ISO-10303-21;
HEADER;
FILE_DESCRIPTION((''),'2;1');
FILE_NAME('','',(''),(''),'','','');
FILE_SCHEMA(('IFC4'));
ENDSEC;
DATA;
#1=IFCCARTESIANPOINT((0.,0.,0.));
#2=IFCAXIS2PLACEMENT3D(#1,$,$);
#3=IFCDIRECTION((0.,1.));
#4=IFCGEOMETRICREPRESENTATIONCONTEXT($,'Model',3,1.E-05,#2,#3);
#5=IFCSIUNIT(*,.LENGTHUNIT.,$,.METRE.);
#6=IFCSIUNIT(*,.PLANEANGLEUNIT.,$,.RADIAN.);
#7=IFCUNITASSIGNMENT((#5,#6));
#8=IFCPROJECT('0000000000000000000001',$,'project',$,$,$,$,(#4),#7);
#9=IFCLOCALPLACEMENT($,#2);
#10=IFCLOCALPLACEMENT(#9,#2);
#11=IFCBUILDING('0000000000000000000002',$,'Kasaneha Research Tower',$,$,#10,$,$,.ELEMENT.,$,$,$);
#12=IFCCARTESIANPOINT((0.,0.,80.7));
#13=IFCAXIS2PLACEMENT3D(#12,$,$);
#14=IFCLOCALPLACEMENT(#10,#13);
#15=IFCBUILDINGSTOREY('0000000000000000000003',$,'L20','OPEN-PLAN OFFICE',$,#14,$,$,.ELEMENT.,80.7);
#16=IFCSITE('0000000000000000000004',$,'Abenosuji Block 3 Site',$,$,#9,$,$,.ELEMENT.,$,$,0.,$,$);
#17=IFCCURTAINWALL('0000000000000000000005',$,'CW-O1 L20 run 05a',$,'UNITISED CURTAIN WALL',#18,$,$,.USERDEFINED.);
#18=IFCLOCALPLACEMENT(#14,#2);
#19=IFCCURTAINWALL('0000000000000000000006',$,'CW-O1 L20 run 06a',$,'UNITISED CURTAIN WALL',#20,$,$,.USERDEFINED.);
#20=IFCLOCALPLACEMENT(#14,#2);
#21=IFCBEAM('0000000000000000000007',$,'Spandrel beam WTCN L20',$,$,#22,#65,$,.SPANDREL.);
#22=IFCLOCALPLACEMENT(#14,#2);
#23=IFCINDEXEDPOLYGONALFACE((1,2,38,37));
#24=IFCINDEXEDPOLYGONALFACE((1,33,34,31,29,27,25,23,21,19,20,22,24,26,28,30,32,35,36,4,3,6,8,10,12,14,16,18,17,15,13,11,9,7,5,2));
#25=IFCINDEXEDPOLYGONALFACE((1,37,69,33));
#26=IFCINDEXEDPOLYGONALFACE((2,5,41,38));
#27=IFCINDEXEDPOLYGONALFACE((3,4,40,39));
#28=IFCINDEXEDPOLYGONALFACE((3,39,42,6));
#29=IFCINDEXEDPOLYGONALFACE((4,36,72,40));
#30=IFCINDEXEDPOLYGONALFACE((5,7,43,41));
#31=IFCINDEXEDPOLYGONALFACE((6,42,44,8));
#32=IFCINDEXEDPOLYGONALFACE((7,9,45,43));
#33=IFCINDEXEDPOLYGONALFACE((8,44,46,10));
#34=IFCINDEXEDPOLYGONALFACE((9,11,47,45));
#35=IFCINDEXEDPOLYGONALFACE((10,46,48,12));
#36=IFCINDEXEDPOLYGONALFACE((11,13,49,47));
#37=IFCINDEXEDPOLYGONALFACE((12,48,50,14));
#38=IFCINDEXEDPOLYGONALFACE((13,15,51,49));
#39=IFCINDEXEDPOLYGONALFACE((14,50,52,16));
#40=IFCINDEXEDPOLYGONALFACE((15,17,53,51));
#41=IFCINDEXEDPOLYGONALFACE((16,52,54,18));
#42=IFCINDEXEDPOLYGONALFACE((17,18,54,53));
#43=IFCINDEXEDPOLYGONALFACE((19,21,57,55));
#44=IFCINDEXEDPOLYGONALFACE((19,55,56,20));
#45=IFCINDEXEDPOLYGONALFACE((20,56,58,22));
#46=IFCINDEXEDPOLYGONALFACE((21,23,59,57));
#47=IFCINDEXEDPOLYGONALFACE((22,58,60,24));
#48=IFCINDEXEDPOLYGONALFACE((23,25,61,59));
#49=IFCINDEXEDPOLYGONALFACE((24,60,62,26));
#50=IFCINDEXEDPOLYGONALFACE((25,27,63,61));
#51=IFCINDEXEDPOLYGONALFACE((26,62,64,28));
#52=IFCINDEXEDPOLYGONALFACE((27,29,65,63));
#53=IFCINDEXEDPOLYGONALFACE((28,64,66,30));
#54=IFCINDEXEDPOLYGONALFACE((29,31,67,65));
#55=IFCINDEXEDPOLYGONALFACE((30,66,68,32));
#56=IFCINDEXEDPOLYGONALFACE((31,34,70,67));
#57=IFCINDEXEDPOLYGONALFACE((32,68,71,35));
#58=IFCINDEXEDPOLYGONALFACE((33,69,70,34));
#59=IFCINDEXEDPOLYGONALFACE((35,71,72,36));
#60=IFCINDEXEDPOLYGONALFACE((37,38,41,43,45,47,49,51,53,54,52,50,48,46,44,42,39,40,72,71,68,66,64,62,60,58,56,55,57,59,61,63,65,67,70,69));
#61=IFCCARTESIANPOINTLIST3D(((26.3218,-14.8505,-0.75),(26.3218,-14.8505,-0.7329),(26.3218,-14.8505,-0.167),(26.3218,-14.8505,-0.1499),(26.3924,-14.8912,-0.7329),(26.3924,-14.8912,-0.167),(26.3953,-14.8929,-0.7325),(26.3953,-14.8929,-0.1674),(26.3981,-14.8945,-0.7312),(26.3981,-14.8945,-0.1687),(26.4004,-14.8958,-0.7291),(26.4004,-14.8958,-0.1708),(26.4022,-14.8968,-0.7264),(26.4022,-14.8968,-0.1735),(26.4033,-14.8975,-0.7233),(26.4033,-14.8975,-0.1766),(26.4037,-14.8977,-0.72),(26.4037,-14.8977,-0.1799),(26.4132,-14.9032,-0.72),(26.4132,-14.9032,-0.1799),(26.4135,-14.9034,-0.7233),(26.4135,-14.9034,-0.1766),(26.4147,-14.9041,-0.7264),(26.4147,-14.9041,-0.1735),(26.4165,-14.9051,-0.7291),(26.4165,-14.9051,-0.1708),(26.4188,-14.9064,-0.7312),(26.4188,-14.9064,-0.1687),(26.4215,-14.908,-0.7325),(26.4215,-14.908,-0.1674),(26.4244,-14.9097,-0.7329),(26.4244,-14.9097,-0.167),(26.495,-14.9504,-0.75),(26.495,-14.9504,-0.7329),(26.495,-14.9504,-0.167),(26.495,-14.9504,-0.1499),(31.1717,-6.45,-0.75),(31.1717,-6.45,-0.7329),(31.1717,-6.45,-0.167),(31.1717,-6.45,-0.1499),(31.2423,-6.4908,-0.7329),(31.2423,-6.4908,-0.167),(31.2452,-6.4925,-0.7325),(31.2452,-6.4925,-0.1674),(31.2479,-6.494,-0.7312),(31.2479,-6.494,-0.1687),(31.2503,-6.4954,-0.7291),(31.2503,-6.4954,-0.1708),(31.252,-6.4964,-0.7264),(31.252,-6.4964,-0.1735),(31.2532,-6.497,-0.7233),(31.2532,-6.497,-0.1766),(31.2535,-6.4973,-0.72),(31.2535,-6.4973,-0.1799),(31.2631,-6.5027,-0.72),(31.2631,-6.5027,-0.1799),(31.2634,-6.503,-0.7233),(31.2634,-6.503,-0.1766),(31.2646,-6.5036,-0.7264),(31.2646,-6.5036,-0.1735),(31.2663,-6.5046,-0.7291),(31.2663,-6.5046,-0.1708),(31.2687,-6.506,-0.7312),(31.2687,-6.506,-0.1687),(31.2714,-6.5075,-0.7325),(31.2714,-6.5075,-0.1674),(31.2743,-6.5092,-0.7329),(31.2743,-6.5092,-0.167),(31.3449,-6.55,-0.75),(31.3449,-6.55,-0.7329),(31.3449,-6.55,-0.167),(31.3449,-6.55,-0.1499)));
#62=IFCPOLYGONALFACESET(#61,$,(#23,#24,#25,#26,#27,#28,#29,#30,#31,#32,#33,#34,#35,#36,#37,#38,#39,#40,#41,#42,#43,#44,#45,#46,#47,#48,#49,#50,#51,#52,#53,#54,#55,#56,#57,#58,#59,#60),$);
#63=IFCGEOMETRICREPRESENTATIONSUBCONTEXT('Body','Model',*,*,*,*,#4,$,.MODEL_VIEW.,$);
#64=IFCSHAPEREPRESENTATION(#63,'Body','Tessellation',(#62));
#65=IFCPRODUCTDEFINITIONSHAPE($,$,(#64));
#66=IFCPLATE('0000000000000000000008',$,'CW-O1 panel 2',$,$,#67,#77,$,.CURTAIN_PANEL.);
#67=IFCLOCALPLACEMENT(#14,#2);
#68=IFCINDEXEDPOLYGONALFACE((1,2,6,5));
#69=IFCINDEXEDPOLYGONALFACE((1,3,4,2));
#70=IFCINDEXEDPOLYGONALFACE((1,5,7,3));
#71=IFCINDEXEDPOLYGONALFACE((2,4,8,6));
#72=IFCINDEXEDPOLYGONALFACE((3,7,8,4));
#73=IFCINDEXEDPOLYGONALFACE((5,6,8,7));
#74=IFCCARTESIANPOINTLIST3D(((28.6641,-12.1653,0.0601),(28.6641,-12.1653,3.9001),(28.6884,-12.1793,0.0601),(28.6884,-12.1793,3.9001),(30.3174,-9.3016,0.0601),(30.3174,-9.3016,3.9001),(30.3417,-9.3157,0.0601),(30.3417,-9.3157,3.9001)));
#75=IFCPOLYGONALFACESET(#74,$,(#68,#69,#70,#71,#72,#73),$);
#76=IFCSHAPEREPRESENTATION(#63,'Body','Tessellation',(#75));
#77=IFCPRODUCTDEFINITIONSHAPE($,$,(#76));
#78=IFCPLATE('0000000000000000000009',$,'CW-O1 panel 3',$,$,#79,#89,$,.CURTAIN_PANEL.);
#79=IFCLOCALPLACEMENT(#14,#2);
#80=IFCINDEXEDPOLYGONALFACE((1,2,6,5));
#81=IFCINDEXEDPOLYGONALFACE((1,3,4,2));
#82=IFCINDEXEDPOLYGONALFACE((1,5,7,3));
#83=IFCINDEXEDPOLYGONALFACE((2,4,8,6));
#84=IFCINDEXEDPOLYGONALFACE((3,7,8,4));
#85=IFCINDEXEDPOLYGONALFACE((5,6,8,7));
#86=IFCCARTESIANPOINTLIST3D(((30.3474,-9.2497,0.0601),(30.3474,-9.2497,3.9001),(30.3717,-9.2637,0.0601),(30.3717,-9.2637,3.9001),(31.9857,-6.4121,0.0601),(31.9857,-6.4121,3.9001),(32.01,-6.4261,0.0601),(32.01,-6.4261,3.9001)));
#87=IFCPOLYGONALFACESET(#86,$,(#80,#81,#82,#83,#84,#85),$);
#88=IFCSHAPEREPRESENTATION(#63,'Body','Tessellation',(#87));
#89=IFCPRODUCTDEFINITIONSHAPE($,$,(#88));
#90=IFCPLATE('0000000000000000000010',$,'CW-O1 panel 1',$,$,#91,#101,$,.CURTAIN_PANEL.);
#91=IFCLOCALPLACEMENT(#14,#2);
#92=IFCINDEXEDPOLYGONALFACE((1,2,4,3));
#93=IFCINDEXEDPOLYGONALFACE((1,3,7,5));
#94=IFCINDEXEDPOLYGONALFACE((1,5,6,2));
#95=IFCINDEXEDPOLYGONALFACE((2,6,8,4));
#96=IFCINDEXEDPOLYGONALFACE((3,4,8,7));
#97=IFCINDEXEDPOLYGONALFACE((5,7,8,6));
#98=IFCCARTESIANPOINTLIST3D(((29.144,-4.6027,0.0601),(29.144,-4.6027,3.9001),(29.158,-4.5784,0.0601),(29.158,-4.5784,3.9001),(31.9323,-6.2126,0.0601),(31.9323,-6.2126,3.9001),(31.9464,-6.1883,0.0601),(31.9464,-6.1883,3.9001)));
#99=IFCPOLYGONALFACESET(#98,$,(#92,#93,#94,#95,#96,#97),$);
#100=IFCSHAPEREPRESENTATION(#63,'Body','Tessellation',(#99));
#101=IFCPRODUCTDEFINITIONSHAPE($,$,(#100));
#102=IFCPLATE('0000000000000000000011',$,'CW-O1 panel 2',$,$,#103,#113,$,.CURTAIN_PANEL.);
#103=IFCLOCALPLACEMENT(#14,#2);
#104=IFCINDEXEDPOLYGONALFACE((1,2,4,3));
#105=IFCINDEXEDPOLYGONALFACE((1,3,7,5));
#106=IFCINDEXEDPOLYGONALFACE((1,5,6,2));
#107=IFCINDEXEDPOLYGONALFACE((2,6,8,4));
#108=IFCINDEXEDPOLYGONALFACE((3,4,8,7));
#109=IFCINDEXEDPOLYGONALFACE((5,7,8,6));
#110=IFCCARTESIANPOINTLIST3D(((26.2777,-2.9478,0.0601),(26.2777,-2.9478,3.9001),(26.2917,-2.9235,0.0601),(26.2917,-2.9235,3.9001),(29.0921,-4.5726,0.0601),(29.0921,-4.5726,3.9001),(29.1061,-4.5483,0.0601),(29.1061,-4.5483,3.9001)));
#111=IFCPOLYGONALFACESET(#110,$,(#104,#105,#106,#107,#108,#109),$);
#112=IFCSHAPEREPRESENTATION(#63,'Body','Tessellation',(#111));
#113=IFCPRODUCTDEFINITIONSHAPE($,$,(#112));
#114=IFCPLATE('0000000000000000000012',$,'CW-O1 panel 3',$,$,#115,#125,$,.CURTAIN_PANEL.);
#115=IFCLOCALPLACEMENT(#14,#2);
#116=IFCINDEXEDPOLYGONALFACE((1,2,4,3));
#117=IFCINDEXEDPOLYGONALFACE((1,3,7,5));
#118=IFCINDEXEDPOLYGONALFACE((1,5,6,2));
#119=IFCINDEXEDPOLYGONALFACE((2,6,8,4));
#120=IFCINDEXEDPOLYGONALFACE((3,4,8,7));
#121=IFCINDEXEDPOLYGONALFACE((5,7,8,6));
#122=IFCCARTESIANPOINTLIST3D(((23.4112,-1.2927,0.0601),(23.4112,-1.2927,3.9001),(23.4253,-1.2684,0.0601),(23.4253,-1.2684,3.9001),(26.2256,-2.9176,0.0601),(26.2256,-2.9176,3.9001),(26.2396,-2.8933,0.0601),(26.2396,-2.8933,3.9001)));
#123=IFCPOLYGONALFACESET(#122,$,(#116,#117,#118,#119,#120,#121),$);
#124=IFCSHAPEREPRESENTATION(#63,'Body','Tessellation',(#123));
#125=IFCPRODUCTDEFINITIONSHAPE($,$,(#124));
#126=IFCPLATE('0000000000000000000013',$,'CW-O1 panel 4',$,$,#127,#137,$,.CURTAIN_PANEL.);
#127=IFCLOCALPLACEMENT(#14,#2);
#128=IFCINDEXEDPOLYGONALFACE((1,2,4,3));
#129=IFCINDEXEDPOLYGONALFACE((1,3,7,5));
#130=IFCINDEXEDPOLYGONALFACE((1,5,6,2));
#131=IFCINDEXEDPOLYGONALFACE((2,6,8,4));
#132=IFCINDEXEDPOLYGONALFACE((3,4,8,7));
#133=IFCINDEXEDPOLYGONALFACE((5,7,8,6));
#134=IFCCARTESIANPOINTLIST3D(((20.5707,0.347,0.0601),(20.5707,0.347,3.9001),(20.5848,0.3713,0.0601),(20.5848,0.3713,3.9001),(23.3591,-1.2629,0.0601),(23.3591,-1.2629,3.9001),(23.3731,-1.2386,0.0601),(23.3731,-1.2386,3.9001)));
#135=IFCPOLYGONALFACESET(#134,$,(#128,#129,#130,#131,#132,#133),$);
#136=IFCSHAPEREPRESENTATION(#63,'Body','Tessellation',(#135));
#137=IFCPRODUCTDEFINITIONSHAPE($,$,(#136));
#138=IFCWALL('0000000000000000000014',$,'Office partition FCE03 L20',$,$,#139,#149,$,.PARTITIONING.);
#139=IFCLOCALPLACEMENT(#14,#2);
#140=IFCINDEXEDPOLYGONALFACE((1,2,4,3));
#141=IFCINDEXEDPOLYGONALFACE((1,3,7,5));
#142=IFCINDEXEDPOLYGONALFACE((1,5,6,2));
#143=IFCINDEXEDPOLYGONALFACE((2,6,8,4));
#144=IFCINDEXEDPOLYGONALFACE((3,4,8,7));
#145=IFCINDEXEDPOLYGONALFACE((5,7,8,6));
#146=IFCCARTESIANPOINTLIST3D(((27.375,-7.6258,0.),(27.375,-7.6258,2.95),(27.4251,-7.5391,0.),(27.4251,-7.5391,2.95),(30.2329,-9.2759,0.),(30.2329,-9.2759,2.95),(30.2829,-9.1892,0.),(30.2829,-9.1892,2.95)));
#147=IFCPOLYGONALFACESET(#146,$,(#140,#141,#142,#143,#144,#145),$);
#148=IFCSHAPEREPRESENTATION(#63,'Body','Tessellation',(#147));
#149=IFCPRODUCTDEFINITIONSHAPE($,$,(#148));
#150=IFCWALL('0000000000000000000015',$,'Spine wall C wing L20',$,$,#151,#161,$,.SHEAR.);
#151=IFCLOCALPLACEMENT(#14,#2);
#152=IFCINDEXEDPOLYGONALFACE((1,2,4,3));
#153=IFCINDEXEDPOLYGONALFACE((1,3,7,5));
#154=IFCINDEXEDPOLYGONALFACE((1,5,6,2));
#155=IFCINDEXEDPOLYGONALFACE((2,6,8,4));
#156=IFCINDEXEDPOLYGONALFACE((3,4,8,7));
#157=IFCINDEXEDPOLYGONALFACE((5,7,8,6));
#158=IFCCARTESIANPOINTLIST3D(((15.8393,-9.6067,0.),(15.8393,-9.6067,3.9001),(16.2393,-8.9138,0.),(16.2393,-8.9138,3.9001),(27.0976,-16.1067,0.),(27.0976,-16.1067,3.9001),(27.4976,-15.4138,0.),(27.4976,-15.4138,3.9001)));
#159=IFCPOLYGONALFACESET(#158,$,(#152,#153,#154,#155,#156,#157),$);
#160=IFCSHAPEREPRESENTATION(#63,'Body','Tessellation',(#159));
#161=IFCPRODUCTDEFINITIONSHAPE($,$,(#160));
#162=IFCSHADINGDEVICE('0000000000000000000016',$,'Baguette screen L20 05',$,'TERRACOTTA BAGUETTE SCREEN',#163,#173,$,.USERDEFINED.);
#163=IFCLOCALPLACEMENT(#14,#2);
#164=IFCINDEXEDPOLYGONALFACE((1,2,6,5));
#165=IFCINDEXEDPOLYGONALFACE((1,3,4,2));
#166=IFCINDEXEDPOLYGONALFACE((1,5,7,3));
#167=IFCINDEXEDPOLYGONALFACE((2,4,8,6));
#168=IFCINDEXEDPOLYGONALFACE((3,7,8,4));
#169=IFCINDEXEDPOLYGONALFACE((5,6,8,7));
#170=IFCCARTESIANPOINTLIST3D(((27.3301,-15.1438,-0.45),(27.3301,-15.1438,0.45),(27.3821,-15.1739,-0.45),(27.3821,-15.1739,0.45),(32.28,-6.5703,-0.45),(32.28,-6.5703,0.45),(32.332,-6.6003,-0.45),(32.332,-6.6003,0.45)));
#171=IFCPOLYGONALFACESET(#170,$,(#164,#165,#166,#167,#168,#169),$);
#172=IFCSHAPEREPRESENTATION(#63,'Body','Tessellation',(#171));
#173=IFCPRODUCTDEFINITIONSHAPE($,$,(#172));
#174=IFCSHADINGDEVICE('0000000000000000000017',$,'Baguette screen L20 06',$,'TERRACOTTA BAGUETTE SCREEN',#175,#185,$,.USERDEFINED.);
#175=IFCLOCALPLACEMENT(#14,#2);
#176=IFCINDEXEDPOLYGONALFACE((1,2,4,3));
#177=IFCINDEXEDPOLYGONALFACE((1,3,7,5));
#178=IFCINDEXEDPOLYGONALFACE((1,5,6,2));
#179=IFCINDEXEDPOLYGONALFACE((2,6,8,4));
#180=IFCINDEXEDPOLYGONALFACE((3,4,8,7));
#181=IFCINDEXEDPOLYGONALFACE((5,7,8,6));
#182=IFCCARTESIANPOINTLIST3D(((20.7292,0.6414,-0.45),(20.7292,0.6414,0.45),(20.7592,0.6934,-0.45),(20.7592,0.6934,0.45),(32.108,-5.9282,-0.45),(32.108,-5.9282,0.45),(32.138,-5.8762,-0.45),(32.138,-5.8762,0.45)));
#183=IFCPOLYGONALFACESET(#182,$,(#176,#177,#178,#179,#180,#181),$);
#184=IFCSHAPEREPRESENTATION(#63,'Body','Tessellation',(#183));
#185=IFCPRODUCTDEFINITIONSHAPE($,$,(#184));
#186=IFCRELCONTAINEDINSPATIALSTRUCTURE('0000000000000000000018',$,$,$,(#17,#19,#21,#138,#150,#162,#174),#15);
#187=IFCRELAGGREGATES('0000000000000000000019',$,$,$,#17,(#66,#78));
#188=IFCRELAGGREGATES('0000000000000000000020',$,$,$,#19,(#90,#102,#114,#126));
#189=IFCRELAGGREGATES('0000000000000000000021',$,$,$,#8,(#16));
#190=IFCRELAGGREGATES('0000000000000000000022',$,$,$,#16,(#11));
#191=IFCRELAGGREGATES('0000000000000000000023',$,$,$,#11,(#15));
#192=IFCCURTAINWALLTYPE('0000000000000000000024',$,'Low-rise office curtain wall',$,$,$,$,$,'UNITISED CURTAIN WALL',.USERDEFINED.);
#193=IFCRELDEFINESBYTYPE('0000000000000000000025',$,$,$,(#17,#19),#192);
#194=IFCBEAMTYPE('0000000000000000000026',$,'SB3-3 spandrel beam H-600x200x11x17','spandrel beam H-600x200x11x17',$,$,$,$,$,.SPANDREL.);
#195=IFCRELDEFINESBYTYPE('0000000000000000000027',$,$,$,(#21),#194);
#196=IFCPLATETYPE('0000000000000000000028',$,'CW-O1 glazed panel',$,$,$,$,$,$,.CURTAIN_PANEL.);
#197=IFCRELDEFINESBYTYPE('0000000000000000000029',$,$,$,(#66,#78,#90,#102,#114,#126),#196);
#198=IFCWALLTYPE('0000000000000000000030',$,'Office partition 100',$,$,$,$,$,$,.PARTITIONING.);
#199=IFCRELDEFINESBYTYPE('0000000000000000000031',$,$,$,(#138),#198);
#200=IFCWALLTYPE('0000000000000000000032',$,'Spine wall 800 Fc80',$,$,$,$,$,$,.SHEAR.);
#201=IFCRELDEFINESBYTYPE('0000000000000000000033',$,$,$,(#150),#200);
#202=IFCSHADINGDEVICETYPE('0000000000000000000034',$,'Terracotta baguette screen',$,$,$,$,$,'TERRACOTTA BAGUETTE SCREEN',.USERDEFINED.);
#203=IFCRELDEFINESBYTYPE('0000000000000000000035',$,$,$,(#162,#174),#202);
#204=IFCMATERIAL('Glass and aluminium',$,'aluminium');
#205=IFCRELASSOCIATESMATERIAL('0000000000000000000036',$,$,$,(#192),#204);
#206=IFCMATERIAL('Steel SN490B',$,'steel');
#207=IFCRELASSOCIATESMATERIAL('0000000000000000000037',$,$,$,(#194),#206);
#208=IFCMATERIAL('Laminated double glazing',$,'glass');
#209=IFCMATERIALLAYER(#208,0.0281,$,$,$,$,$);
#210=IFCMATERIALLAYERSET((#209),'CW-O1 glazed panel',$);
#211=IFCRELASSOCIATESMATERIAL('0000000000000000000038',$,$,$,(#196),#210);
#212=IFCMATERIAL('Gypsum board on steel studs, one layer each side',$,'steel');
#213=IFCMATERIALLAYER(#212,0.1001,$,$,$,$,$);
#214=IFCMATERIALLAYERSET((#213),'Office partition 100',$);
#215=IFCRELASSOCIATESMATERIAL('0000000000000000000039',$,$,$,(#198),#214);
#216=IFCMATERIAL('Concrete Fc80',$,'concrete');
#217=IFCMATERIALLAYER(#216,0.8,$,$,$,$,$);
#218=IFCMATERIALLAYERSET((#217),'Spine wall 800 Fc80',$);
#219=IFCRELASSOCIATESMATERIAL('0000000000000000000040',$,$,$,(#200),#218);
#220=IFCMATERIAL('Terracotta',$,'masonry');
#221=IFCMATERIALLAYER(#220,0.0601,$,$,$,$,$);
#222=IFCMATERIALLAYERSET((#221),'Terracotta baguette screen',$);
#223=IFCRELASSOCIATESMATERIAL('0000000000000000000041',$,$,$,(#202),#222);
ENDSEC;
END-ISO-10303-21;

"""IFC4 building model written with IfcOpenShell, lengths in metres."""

from ifc_helpers import new_model, si_unit, direction, frame, frame_2d, origin, origin_2d, place, context, subcontext, project, spatial, rectangle, i_section, extrude, material, layer, layer_set, material_profile, profile_set, type_object, element, aggregate, save


model = new_model("IFC4")

# Units and contexts
model_context = context("Model", 3, precision=1e-05, world=origin(), true_north=direction((0.0, 1.0)))
body_context = subcontext(model_context, "Body", "Model", "MODEL_VIEW")
ifc_project = project(units=[si_unit("LENGTHUNIT", "METRE"), si_unit("PLANEANGLEUNIT", "RADIAN")], contexts=[model_context])

# Site, building, storey
site_placement = place(None, origin())
site = spatial("IfcSite", under=ifc_project, at=site_placement, Name="Abenosuji Block 3 Site", CompositionType="ELEMENT", RefElevation=0.0)
building_placement = place(site_placement, origin())
building = spatial("IfcBuilding", under=site, at=building_placement, Name="Kasaneha Research Tower", CompositionType="ELEMENT")
storey_placement = place(building_placement, frame((0.0, 0.0, 80.7)))
storey = spatial("IfcBuildingStorey", under=building, at=storey_placement, Name="L20", Description="OPEN-PLAN OFFICE", CompositionType="ELEMENT", Elevation=80.7)

# Curtain walls
ifc_material_1 = material(Name="Glass and aluminium", Category="aluminium")
curtain_wall_type = type_object("IfcCurtainWallType", Name="Low-rise office curtain wall", ElementType="UNITISED CURTAIN WALL", PredefinedType="USERDEFINED", material=ifc_material_1)
curtain_wall_1_placement = place(storey_placement, origin())
curtain_wall_1 = element("IfcCurtainWall", 1, at=curtain_wall_1_placement, inside=storey, type_object=curtain_wall_type, Name="CW-O1 L20 run 05a", ObjectType="UNITISED CURTAIN WALL", PredefinedType="USERDEFINED")
curtain_wall_2_placement = place(storey_placement, origin())
curtain_wall_2 = element("IfcCurtainWall", 2, at=curtain_wall_2_placement, inside=storey, type_object=curtain_wall_type, Name="CW-O1 L20 run 06a", ObjectType="UNITISED CURTAIN WALL", PredefinedType="USERDEFINED")

# Beam
ifc_material_2 = material(Name="Steel SN490B", Category="steel")
ifc_material_profile_1 = material_profile(ifc_material_2, i_section(OverallWidth=0.2, OverallDepth=0.6001, WebThickness=0.011, FlangeThickness=0.0171, FilletRadius=0.0129, at=origin_2d()), Name="H-600x200x11x17")
ifc_profile_set_1 = profile_set([ifc_material_profile_1], Name="Steel SN490B")
beam_type_1 = type_object("IfcBeamType", Name="SB3-3 spandrel beam H-600x200x11x17", Description="spandrel beam H-600x200x11x17", PredefinedType="SPANDREL", material=ifc_profile_set_1)
beam_1_placement = place(storey_placement, frame((31.2583, -6.5, -0.45), z_axis=(-0.499991, -0.866031, 0.0), x_axis=(0.866031, -0.499991, 0.0)))
element("IfcBeam", 3, at=beam_1_placement, inside=storey, type_object=beam_type_1, Name="Spandrel beam WTCN L20", PredefinedType="SPANDREL", context=body_context, shape_type="SweptSolid", body=[
    extrude(i_section(OverallWidth=0.2, OverallDepth=0.6001, WebThickness=0.011, FlangeThickness=0.0171, FilletRadius=0.0129, at=origin_2d()), origin(), (0.0, 0.0, 1.0), 9.7),
])

# Plates
ifc_material_3 = material(Name="Laminated double glazing", Category="glass")
ifc_layer_1 = layer(ifc_material_3, 0.0281)
ifc_layer_set_1 = layer_set([ifc_layer_1], Name="CW-O1 glazed panel")
plate_type = type_object("IfcPlateType", Name="CW-O1 glazed panel", PredefinedType="CURTAIN_PANEL", material=ifc_layer_set_1)
plate_1_placement = place(storey_placement, frame((29.5029, -10.7405, 0.0601), z_axis=(0.0, 0.0, 1.0), x_axis=(0.5, 0.866025, 0.0)))
plate_1 = element("IfcPlate", 4, at=plate_1_placement, type_object=plate_type, Name="CW-O1 panel 2", PredefinedType="CURTAIN_PANEL", context=body_context, shape_type="SweptSolid", body=[
    extrude(rectangle(XDim=3.3066, YDim=0.0281, at=origin_2d()), origin(), (0.0, 0.0, 1.0), 3.8401),
])
plate_2_placement = place(storey_placement, frame((31.1787, -7.8379, 0.0601), z_axis=(0.0, 0.0, 1.0), x_axis=(0.5, 0.866025, 0.0)))
plate_2 = element("IfcPlate", 5, at=plate_2_placement, type_object=plate_type, Name="CW-O1 panel 3", PredefinedType="CURTAIN_PANEL", context=body_context, shape_type="SweptSolid", body=[
    extrude(rectangle(XDim=3.2766, YDim=0.0281, at=origin_2d()), origin(), (0.0, 0.0, 1.0), 3.8401),
])
aggregate(curtain_wall_1, [plate_1, plate_2])
plate_3_placement = place(storey_placement, frame((30.5452, -5.3955, 0.0601), z_axis=(0.0, 0.0, 1.0), x_axis=(-0.866025, 0.5, 0.0)))
plate_3 = element("IfcPlate", 6, at=plate_3_placement, type_object=plate_type, Name="CW-O1 panel 1", PredefinedType="CURTAIN_PANEL", context=body_context, shape_type="SweptSolid", body=[
    extrude(rectangle(XDim=3.2197, YDim=0.0281, at=origin_2d()), origin(), (0.0, 0.0, 1.0), 3.8401),
])
plate_4_placement = place(storey_placement, frame((27.6919, -3.748, 0.0601), z_axis=(0.0, 0.0, 1.0), x_axis=(-0.866025, 0.5, 0.0)))
plate_4 = element("IfcPlate", 7, at=plate_4_placement, type_object=plate_type, Name="CW-O1 panel 2", PredefinedType="CURTAIN_PANEL", context=body_context, shape_type="SweptSolid", body=[
    extrude(rectangle(XDim=3.2498, YDim=0.0281, at=origin_2d()), origin(), (0.0, 0.0, 1.0), 3.8401),
])
plate_5_placement = place(storey_placement, frame((24.8254, -2.093, 0.0601), z_axis=(0.0, 0.0, 1.0), x_axis=(-0.866025, 0.5, 0.0)))
plate_5 = element("IfcPlate", 8, at=plate_5_placement, type_object=plate_type, Name="CW-O1 panel 3", PredefinedType="CURTAIN_PANEL", context=body_context, shape_type="SweptSolid", body=[
    extrude(rectangle(XDim=3.2498, YDim=0.0281, at=origin_2d()), origin(), (0.0, 0.0, 1.0), 3.8401),
])
plate_6_placement = place(storey_placement, frame((21.9719, -0.4458, 0.0601), z_axis=(0.0, 0.0, 1.0), x_axis=(-0.866025, 0.5, 0.0)))
plate_6 = element("IfcPlate", 9, at=plate_6_placement, type_object=plate_type, Name="CW-O1 panel 4", PredefinedType="CURTAIN_PANEL", context=body_context, shape_type="SweptSolid", body=[
    extrude(rectangle(XDim=3.2197, YDim=0.0281, at=origin_2d()), origin(), (0.0, 0.0, 1.0), 3.8401),
])
aggregate(curtain_wall_2, [plate_3, plate_4, plate_5, plate_6])

# Walls
ifc_material_4 = material(Name="Gypsum board on steel studs, one layer each side", Category="steel")
ifc_layer_2 = layer(ifc_material_4, 0.1001)
ifc_layer_set_2 = layer_set([ifc_layer_2], Name="Office partition 100")
wall_type_1 = type_object("IfcWallType", Name="Office partition 100", PredefinedType="PARTITIONING", material=ifc_layer_set_2)
wall_1_placement = place(storey_placement, frame((27.4001, -7.5825, 0.0), z_axis=(0.0, 0.0, 1.0), x_axis=(0.866008, -0.50003, 0.0)))
element("IfcWall", 10, at=wall_1_placement, inside=storey, type_object=wall_type_1, Name="Office partition FCE03 L20", PredefinedType="PARTITIONING", context=body_context, shape_type="SweptSolid", body=[
    extrude(rectangle(XDim=3.3, YDim=0.1001, at=frame_2d((1.6499, 0.0))), origin(), (0.0, 0.0, 1.0), 2.95),
])
ifc_material_5 = material(Name="Concrete Fc80", Category="concrete")
ifc_layer_3 = layer(ifc_material_5, 0.8)
ifc_layer_set_3 = layer_set([ifc_layer_3], Name="Spine wall 800 Fc80")
wall_type_2 = type_object("IfcWallType", Name="Spine wall 800 Fc80", PredefinedType="SHEAR", material=ifc_layer_set_3)
wall_2_placement = place(storey_placement, frame((16.0393, -9.2603, 0.0), z_axis=(0.0, 0.0, 1.0), x_axis=(0.866025, -0.500001, 0.0)))
element("IfcWall", 11, at=wall_2_placement, inside=storey, type_object=wall_type_2, Name="Spine wall C wing L20", PredefinedType="SHEAR", context=body_context, shape_type="SweptSolid", body=[
    extrude(rectangle(XDim=13.0, YDim=0.8, at=frame_2d((6.5, 0.0))), origin(), (0.0, 0.0, 1.0), 3.9001),
])

# Shading devices
ifc_material_6 = material(Name="Terracotta", Category="masonry")
ifc_layer_4 = layer(ifc_material_6, 0.0601)
ifc_layer_set_4 = layer_set([ifc_layer_4], Name="Terracotta baguette screen")
shading_device_type = type_object("IfcShadingDeviceType", Name="Terracotta baguette screen", ElementType="TERRACOTTA BAGUETTE SCREEN", PredefinedType="USERDEFINED", material=ifc_layer_set_4)
shading_device_1_placement = place(storey_placement, frame((29.8311, -10.8721, -0.45), z_axis=(0.0, 0.0, 1.0), x_axis=(0.5, 0.866025, 0.0)))
element("IfcShadingDevice", 12, at=shading_device_1_placement, inside=storey, type_object=shading_device_type, Name="Baguette screen L20 05", ObjectType="TERRACOTTA BAGUETTE SCREEN", PredefinedType="USERDEFINED", context=body_context, shape_type="SweptSolid", body=[
    extrude(rectangle(XDim=9.8999, YDim=0.0601, at=origin_2d()), origin(), (0.0, 0.0, 1.0), 0.8999),
])
shading_device_2_placement = place(storey_placement, frame((26.4336, -2.6174, -0.45), z_axis=(0.0, 0.0, 1.0), x_axis=(-0.866025, 0.5, 0.0)))
element("IfcShadingDevice", 13, at=shading_device_2_placement, inside=storey, type_object=shading_device_type, Name="Baguette screen L20 06", ObjectType="TERRACOTTA BAGUETTE SCREEN", PredefinedType="USERDEFINED", context=body_context, shape_type="SweptSolid", body=[
    extrude(rectangle(XDim=13.1392, YDim=0.0601, at=origin_2d()), origin(), (0.0, 0.0, 1.0), 0.8999),
])

save(model, "model.ifc")
